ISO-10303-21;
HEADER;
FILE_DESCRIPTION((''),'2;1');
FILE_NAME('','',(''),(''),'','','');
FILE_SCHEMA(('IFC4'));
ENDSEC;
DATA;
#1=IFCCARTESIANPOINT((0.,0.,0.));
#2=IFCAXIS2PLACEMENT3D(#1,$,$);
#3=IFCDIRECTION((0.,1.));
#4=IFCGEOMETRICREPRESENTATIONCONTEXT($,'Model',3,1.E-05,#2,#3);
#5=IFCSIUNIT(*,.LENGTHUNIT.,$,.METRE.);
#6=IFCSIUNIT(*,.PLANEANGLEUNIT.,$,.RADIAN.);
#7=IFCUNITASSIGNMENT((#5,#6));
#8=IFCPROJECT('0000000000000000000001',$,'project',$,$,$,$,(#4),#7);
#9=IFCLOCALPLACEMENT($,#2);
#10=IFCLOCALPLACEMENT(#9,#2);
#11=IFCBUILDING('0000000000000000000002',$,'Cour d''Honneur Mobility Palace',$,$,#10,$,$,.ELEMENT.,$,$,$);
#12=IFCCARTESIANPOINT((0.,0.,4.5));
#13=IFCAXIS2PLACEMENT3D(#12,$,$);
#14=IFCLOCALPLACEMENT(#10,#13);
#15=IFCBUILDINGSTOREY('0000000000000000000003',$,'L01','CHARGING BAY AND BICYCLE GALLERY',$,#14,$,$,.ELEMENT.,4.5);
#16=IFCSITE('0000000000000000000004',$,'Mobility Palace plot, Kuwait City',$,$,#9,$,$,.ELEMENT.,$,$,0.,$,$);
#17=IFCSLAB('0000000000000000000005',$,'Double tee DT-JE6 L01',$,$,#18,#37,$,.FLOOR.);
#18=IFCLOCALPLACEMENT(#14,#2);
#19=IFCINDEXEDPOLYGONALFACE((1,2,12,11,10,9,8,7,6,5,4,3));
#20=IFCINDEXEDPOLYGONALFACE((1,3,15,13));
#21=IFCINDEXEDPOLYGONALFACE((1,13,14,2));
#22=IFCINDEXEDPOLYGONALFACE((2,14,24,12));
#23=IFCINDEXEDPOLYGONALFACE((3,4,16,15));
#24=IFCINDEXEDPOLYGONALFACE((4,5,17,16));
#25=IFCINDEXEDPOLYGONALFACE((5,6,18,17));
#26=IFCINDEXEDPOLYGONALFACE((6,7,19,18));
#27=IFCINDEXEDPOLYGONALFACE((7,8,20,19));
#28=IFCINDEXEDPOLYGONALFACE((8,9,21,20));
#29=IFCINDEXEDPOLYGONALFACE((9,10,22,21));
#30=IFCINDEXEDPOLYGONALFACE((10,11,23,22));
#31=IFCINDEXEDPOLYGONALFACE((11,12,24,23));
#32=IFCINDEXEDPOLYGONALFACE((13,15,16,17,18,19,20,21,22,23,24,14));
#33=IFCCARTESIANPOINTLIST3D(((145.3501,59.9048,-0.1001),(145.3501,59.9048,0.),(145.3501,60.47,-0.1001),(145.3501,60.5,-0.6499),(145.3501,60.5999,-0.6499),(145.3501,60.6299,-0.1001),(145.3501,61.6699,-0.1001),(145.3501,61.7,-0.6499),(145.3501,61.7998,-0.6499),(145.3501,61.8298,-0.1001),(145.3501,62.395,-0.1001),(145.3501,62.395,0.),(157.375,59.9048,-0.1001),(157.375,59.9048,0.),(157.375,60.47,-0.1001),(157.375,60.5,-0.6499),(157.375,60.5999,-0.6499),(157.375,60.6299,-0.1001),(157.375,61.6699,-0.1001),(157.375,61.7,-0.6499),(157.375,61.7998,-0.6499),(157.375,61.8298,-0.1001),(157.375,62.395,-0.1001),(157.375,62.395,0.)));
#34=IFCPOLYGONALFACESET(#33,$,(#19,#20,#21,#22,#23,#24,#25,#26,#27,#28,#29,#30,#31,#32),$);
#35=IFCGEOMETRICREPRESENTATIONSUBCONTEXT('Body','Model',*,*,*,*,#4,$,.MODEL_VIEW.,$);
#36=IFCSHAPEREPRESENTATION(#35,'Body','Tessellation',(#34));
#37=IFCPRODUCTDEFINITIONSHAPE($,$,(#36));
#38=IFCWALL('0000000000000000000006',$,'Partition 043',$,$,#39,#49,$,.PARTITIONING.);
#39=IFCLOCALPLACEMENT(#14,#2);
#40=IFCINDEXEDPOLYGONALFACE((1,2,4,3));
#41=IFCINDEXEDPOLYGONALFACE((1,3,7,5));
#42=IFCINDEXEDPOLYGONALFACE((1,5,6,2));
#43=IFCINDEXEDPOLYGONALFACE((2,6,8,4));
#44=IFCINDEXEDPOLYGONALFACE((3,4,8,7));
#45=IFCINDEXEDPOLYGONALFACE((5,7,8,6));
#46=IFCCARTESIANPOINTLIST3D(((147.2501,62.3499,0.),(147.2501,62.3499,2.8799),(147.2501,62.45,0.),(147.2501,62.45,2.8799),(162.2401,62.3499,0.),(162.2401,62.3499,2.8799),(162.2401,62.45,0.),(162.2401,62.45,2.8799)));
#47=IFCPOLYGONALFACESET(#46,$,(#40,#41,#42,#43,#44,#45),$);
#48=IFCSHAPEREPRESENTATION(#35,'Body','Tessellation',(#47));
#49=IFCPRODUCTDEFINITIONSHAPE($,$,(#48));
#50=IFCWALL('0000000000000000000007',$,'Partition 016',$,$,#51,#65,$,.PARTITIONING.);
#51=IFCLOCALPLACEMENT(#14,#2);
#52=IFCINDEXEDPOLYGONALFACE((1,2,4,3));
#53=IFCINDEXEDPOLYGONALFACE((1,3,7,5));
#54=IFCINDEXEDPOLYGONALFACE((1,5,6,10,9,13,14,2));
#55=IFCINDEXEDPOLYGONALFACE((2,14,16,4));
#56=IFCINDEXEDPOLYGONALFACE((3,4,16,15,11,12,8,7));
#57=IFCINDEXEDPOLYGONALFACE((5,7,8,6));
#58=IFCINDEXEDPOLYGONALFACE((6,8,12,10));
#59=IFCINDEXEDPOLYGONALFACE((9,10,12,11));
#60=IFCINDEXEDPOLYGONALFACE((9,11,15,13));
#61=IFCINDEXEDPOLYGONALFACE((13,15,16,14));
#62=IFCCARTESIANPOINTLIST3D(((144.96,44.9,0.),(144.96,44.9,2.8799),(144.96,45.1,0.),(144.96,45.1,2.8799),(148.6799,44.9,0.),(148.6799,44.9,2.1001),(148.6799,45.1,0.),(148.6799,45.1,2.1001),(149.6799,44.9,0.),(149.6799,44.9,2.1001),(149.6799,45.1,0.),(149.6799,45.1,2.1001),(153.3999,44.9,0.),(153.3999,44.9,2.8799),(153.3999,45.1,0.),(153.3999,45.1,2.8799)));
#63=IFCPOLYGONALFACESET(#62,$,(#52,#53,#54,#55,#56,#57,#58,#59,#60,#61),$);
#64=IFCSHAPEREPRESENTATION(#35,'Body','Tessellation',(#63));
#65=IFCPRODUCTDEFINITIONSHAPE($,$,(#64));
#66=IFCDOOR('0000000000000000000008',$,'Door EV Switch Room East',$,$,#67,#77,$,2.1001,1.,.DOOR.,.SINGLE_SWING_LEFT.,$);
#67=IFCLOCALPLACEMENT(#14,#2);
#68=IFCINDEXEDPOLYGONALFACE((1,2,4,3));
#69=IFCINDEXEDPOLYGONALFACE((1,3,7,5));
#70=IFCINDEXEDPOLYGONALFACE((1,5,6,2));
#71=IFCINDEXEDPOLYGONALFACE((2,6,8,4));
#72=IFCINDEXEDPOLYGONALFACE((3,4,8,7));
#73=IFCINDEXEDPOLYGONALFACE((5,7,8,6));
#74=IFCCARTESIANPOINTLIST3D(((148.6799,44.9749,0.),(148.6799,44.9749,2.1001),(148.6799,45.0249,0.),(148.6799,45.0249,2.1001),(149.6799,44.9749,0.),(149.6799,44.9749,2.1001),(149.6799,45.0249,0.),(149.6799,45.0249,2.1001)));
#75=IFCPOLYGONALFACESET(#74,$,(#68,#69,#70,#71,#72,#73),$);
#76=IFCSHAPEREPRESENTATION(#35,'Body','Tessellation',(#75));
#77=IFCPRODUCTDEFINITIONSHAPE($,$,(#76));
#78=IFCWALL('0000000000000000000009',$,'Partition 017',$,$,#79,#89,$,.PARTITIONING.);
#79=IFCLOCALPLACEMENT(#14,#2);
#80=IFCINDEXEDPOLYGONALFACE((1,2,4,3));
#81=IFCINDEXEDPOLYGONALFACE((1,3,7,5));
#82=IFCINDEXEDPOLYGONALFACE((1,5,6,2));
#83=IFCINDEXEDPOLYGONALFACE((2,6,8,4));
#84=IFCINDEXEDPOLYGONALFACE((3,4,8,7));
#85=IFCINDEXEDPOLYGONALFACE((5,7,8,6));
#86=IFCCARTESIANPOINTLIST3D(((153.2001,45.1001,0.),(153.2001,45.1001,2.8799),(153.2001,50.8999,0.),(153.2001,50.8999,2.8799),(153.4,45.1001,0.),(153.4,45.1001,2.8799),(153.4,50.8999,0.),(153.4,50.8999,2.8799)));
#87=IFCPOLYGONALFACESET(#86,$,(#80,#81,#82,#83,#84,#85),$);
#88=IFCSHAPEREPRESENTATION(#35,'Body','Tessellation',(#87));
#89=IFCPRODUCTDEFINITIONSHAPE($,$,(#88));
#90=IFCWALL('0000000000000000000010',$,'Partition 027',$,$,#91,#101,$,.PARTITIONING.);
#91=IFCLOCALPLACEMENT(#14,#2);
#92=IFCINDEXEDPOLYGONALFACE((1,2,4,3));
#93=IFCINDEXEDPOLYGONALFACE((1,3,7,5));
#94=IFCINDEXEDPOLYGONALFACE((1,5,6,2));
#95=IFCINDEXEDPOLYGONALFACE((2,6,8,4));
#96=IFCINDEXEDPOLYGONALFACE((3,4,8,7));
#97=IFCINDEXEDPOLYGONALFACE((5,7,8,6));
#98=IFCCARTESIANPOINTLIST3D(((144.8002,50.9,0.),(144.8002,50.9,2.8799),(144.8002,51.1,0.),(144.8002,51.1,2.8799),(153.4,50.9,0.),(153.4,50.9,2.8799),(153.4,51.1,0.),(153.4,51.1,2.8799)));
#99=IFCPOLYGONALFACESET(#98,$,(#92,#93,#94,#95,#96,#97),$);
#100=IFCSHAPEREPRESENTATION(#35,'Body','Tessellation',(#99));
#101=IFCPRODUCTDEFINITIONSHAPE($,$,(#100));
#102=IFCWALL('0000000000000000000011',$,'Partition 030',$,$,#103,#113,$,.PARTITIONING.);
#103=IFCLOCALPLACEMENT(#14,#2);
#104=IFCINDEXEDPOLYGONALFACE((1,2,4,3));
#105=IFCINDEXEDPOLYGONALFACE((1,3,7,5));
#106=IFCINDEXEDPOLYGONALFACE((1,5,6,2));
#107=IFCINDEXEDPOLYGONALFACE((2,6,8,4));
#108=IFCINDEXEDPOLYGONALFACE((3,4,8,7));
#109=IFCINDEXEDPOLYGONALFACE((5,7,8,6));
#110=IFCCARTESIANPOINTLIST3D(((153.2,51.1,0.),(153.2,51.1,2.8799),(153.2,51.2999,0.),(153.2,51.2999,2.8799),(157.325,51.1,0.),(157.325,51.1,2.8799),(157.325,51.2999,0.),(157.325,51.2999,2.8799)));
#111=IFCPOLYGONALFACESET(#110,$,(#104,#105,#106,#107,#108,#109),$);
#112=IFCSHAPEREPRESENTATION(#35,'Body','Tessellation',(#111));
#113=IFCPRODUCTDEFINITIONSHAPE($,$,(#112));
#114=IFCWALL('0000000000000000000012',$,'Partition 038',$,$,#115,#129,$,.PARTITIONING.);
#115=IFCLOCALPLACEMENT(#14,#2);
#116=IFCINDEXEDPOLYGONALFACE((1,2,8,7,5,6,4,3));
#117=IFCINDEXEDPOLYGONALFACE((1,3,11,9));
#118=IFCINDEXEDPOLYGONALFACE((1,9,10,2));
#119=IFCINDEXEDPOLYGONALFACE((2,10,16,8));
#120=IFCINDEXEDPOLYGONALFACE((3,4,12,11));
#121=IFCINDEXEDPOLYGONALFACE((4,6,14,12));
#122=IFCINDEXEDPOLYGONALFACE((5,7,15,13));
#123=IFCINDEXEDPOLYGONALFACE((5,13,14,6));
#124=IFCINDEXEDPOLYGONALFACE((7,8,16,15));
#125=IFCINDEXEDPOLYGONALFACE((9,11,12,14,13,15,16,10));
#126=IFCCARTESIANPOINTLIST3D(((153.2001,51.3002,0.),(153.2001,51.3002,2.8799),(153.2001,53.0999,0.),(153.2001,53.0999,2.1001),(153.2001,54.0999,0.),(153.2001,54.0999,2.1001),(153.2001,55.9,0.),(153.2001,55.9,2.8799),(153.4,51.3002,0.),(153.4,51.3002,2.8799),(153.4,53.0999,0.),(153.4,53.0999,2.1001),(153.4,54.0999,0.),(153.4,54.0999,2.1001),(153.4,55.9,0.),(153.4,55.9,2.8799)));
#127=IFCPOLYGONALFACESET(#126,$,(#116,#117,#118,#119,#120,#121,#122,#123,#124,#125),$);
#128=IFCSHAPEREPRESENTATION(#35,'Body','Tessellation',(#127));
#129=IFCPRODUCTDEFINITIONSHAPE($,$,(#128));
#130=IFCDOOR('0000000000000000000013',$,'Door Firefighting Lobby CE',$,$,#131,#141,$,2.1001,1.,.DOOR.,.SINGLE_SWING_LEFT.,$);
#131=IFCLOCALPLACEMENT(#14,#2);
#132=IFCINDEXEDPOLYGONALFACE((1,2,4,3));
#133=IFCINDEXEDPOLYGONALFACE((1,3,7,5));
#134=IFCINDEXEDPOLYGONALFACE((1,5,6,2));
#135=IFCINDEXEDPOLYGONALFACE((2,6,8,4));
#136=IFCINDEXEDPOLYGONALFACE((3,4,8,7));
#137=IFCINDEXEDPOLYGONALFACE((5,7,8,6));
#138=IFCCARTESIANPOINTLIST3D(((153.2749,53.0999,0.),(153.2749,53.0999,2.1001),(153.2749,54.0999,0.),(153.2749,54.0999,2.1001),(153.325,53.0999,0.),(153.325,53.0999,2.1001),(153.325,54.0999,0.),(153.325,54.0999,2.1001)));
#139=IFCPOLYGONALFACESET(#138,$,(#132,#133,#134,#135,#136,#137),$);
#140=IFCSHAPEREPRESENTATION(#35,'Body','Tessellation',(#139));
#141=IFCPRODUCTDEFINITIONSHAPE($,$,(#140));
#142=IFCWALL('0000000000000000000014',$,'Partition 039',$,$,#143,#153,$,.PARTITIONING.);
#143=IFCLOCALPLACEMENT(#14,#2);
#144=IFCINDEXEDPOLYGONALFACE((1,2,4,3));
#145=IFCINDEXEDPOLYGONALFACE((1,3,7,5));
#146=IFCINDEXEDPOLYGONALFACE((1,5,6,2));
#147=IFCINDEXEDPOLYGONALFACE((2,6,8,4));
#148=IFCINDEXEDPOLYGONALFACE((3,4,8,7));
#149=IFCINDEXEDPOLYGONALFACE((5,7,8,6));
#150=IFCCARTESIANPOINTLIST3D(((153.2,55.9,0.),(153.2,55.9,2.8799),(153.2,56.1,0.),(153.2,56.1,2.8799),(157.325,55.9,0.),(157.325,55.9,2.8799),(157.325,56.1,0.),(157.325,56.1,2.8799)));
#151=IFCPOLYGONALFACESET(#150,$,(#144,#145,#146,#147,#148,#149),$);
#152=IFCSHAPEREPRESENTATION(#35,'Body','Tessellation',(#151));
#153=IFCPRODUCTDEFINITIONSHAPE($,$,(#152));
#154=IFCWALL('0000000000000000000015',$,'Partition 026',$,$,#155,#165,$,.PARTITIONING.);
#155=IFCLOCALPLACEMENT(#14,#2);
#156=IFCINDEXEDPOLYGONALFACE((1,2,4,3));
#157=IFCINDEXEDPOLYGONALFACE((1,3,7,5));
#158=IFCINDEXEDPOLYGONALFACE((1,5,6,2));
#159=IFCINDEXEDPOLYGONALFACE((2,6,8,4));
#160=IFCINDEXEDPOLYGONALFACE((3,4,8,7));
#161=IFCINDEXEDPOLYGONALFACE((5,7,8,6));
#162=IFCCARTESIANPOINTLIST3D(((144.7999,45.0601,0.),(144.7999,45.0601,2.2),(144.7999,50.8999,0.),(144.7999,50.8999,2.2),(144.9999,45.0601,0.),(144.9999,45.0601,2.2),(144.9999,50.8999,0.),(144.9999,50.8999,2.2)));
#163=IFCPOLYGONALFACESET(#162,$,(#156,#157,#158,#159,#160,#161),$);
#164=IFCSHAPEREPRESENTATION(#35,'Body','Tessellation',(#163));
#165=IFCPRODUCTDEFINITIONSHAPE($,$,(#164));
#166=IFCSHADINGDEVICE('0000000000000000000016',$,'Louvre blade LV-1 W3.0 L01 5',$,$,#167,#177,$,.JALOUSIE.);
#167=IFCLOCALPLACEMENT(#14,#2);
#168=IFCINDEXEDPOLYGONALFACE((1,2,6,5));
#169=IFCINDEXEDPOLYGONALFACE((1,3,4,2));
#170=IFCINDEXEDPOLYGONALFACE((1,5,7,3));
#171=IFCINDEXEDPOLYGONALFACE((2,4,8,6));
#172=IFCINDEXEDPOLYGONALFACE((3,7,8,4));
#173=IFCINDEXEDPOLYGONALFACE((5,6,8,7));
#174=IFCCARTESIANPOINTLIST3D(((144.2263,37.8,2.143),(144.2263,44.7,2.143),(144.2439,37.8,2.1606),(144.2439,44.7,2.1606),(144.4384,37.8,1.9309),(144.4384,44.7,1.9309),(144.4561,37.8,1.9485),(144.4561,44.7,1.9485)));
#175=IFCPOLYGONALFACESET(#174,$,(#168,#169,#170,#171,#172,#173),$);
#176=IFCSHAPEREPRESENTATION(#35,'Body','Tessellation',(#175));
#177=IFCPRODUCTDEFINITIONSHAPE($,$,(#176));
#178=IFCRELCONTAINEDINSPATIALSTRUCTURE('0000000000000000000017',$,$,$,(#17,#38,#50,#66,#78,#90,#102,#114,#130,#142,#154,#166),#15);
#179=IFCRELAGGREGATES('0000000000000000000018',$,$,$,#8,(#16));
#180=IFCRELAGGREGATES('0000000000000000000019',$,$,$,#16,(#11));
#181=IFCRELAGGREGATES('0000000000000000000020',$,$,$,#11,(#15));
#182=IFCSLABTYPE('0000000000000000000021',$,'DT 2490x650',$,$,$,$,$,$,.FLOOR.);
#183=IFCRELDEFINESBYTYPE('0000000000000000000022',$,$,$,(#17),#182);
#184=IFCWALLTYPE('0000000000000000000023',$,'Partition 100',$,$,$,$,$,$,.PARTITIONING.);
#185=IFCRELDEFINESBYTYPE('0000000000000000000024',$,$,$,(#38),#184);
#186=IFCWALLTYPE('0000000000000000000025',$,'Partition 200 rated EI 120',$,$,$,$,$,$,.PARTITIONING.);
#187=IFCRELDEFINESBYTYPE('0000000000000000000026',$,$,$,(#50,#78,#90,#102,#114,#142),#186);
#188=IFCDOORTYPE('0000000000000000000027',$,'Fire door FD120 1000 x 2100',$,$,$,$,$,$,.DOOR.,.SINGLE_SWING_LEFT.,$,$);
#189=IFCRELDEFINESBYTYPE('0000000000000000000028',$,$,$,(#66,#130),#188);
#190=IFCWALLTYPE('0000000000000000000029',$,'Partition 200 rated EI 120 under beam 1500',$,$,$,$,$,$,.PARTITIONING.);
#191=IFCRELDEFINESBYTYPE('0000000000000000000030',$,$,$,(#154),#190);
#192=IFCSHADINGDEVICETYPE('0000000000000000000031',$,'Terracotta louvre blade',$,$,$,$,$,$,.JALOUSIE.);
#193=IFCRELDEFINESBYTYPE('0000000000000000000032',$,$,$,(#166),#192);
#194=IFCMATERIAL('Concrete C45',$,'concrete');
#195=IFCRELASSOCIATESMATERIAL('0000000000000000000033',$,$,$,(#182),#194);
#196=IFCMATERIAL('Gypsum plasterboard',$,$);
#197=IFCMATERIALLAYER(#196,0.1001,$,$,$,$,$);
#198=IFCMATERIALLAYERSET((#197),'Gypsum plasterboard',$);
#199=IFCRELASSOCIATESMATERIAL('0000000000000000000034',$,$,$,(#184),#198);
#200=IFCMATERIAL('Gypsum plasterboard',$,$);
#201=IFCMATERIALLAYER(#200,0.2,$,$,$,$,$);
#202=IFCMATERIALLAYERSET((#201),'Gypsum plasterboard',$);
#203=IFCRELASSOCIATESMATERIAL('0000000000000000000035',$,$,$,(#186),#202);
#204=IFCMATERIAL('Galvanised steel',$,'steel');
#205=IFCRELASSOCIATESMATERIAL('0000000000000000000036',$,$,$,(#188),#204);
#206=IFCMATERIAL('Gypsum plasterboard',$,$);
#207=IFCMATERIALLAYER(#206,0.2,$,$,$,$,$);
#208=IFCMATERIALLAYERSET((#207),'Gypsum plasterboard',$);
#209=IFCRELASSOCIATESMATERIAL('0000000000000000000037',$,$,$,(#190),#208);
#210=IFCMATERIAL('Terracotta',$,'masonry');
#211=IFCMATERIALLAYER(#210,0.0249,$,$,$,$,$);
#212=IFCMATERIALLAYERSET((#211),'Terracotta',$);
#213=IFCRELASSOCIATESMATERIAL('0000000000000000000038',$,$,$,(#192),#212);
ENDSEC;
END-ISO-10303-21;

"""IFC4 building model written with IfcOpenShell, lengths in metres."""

from ifc_helpers import new_model, si_unit, direction, frame, frame_2d, origin, place, context, subcontext, project, spatial, polyline, rectangle, outline, extrude, material, layer, layer_set, material_profile, profile_set, type_object, element, fill, save


model = new_model("IFC4")

# Units and contexts
model_context = context("Model", 3, precision=1e-05, world=origin(), true_north=direction((0.0, 1.0)))
body_context = subcontext(model_context, "Body", "Model", "MODEL_VIEW")
ifc_project = project(units=[si_unit("LENGTHUNIT", "METRE"), si_unit("PLANEANGLEUNIT", "RADIAN")], contexts=[model_context])

# Site, building, storey
site_placement = place(None, origin())
site = spatial("IfcSite", under=ifc_project, at=site_placement, Name="Mobility Palace plot, Kuwait City", CompositionType="ELEMENT", RefElevation=0.0)
building_placement = place(site_placement, origin())
building = spatial("IfcBuilding", under=site, at=building_placement, Name="Cour d'Honneur Mobility Palace", CompositionType="ELEMENT")
storey_placement = place(building_placement, frame((0.0, 0.0, 4.5)))
storey = spatial("IfcBuildingStorey", under=building, at=storey_placement, Name="L01", Description="CHARGING BAY AND BICYCLE GALLERY", CompositionType="ELEMENT", Elevation=4.5)

# Slab
ifc_material_1 = material(Name="Concrete C45", Category="concrete")
ifc_material_profile_1 = material_profile(ifc_material_1, outline(polyline([(-1.2451, 0.0), (1.2451, 0.0), (1.2451, -0.1001), (0.6799, -0.1001), (0.6499, -0.6499), (0.55, -0.6499), (0.52, -0.1001), (-0.52, -0.1001), (-0.55, -0.6499), (-0.6499, -0.6499), (-0.6799, -0.1001), (-1.2451, -0.1001), (-1.2451, 0.0)])), Name="DT 2490x650")
ifc_profile_set_1 = profile_set([ifc_material_profile_1], Name="Concrete C45")
slab_type = type_object("IfcSlabType", Name="DT 2490x650", PredefinedType="FLOOR", material=ifc_profile_set_1)
slab_placement = place(storey_placement, frame((145.3501, 61.1499, 0.0), z_axis=(1.0, 0.0, 0.0), x_axis=(0.0, 1.0, 0.0)))
element("IfcSlab", 1, at=slab_placement, inside=storey, type_object=slab_type, Name="Double tee DT-JE6 L01", PredefinedType="FLOOR", context=body_context, shape_type="SweptSolid", body=[
    extrude(outline(polyline([(-1.2451, 0.0), (1.2451, 0.0), (1.2451, -0.1001), (0.6799, -0.1001), (0.6499, -0.6499), (0.55, -0.6499), (0.52, -0.1001), (-0.52, -0.1001), (-0.55, -0.6499), (-0.6499, -0.6499), (-0.6799, -0.1001), (-1.2451, -0.1001), (-1.2451, 0.0)])), origin(), (0.0, 0.0, 1.0), 12.0249),
])

# Wall
ifc_material_2 = material(Name="Gypsum plasterboard")
ifc_layer_1 = layer(ifc_material_2, 0.1001)
ifc_layer_set_1 = layer_set([ifc_layer_1], Name="Gypsum plasterboard")
wall_type_1 = type_object("IfcWallType", Name="Partition 100", PredefinedType="PARTITIONING", material=ifc_layer_set_1)
wall_1_placement = place(storey_placement, frame((147.25, 62.3999, 0.0), z_axis=(0.0, 0.0, 1.0), x_axis=(1.0, 0.0, 0.0)))
element("IfcWall", 2, at=wall_1_placement, inside=storey, type_object=wall_type_1, Name="Partition 043", PredefinedType="PARTITIONING", context=body_context, shape_type="SweptSolid", body=[
    extrude(rectangle(XDim=14.99, YDim=0.1001, at=frame_2d((7.4951, 0.0))), origin(), (0.0, 0.0, 1.0), 2.8799),
])

# Wall, opening, door
ifc_material_3 = material(Name="Gypsum plasterboard")
ifc_layer_2 = layer(ifc_material_3, 0.2)
ifc_layer_set_2 = layer_set([ifc_layer_2], Name="Gypsum plasterboard")
wall_type_2 = type_object("IfcWallType", Name="Partition 200 rated EI 120", PredefinedType="PARTITIONING", material=ifc_layer_set_2)
wall_2_placement = place(storey_placement, frame((144.96, 45.0, 0.0), z_axis=(0.0, 0.0, 1.0), x_axis=(1.0, 0.0, 0.0)))
wall_2 = element("IfcWall", 3, at=wall_2_placement, inside=storey, type_object=wall_type_2, Name="Partition 016", PredefinedType="PARTITIONING", context=body_context, shape_type="SweptSolid", body=[
    extrude(rectangle(XDim=8.4399, YDim=0.2, at=frame_2d((4.22, 0.0))), origin(), (0.0, 0.0, 1.0), 2.8799),
])
opening_1_placement = place(wall_2_placement, frame((3.72, 0.0, 0.0)))
opening_1 = element("IfcOpeningElement", 4, at=opening_1_placement, cuts=wall_2, PredefinedType="OPENING", context=body_context, shape_type="SweptSolid", body=[
    extrude(rectangle(XDim=1.0, YDim=2.1001, at=frame_2d((0.5, 1.05))), frame((0.0, 0.1099, 0.0), z_axis=(0.0, -1.0, 0.0), x_axis=(1.0, 0.0, 0.0)), (0.0, 0.0, 1.0), 0.22),
])
ifc_material_4 = material(Name="Galvanised steel", Category="steel")
door_type = type_object("IfcDoorType", Name="Fire door FD120 1000 x 2100", OperationType="SINGLE_SWING_LEFT", PredefinedType="DOOR", material=ifc_material_4)
door_1_placement = place(opening_1_placement, origin())
door_1 = element("IfcDoor", 5, at=door_1_placement, inside=storey, type_object=door_type, Name="Door EV Switch Room East", OperationType="SINGLE_SWING_LEFT", OverallHeight=2.1001, OverallWidth=1.0, PredefinedType="DOOR", context=body_context, shape_type="SweptSolid", body=[
    extrude(rectangle(XDim=1.0, YDim=2.1001, at=frame_2d((0.5, 1.05))), frame((0.0, 0.0249, 0.0), z_axis=(0.0, -1.0, 0.0), x_axis=(1.0, 0.0, 0.0)), (0.0, 0.0, 1.0), 0.05),
])
fill(opening_1, door_1)

# Walls
wall_3_placement = place(storey_placement, frame((153.3, 45.1001, 0.0), z_axis=(0.0, 0.0, 1.0), x_axis=(0.0, 1.0, 0.0)))
element("IfcWall", 6, at=wall_3_placement, inside=storey, type_object=wall_type_2, Name="Partition 017", PredefinedType="PARTITIONING", context=body_context, shape_type="SweptSolid", body=[
    extrude(rectangle(XDim=5.7998, YDim=0.2, at=frame_2d((2.8999, 0.0))), origin(), (0.0, 0.0, 1.0), 2.8799),
])
wall_4_placement = place(storey_placement, frame((153.3999, 51.0, 0.0), z_axis=(0.0, 0.0, 1.0), x_axis=(-1.0, 0.0, 0.0)))
element("IfcWall", 7, at=wall_4_placement, inside=storey, type_object=wall_type_2, Name="Partition 027", PredefinedType="PARTITIONING", context=body_context, shape_type="SweptSolid", body=[
    extrude(rectangle(XDim=8.5999, YDim=0.2, at=frame_2d((4.2998, 0.0))), origin(), (0.0, 0.0, 1.0), 2.8799),
])
wall_5_placement = place(storey_placement, frame((153.2, 51.2, 0.0), z_axis=(0.0, 0.0, 1.0), x_axis=(1.0, 0.0, 0.0)))
element("IfcWall", 8, at=wall_5_placement, inside=storey, type_object=wall_type_2, Name="Partition 030", PredefinedType="PARTITIONING", context=body_context, shape_type="SweptSolid", body=[
    extrude(rectangle(XDim=4.125, YDim=0.2, at=frame_2d((2.0625, 0.0))), origin(), (0.0, 0.0, 1.0), 2.8799),
])

# Wall, opening, door
wall_6_placement = place(storey_placement, frame((153.3, 55.8999, 0.0), z_axis=(0.0, 0.0, 1.0), x_axis=(0.0, -1.0, 0.0)))
wall_6 = element("IfcWall", 9, at=wall_6_placement, inside=storey, type_object=wall_type_2, Name="Partition 038", PredefinedType="PARTITIONING", context=body_context, shape_type="SweptSolid", body=[
    extrude(rectangle(XDim=4.5999, YDim=0.2, at=frame_2d((2.2998, 0.0))), origin(), (0.0, 0.0, 1.0), 2.8799),
])
opening_2_placement = place(wall_6_placement, frame((1.8, 0.0, 0.0)))
opening_2 = element("IfcOpeningElement", 10, at=opening_2_placement, cuts=wall_6, PredefinedType="OPENING", context=body_context, shape_type="SweptSolid", body=[
    extrude(rectangle(XDim=1.0, YDim=2.1001, at=frame_2d((0.5, 1.05))), frame((0.0, 0.1099, 0.0), z_axis=(0.0, -1.0, 0.0), x_axis=(1.0, 0.0, 0.0)), (0.0, 0.0, 1.0), 0.22),
])
door_2_placement = place(opening_2_placement, origin())
door_2 = element("IfcDoor", 11, at=door_2_placement, inside=storey, type_object=door_type, Name="Door Firefighting Lobby CE", OperationType="SINGLE_SWING_LEFT", OverallHeight=2.1001, OverallWidth=1.0, PredefinedType="DOOR", context=body_context, shape_type="SweptSolid", body=[
    extrude(rectangle(XDim=1.0, YDim=2.1001, at=frame_2d((0.5, 1.05))), frame((0.0, 0.0249, 0.0), z_axis=(0.0, -1.0, 0.0), x_axis=(1.0, 0.0, 0.0)), (0.0, 0.0, 1.0), 0.05),
])
fill(opening_2, door_2)

# Walls
wall_7_placement = place(storey_placement, frame((157.325, 56.0, 0.0), z_axis=(0.0, 0.0, 1.0), x_axis=(-1.0, 0.0, 0.0)))
element("IfcWall", 12, at=wall_7_placement, inside=storey, type_object=wall_type_2, Name="Partition 039", PredefinedType="PARTITIONING", context=body_context, shape_type="SweptSolid", body=[
    extrude(rectangle(XDim=4.125, YDim=0.2, at=frame_2d((2.0625, 0.0))), origin(), (0.0, 0.0, 1.0), 2.8799),
])
ifc_material_5 = material(Name="Gypsum plasterboard")
ifc_layer_3 = layer(ifc_material_5, 0.2)
ifc_layer_set_3 = layer_set([ifc_layer_3], Name="Gypsum plasterboard")
wall_type_3 = type_object("IfcWallType", Name="Partition 200 rated EI 120 under beam 1500", PredefinedType="PARTITIONING", material=ifc_layer_set_3)
wall_8_placement = place(storey_placement, frame((144.8999, 50.8999, 0.0), z_axis=(0.0, 0.0, 1.0), x_axis=(0.0, -1.0, 0.0)))
element("IfcWall", 13, at=wall_8_placement, inside=storey, type_object=wall_type_3, Name="Partition 026", PredefinedType="PARTITIONING", context=body_context, shape_type="SweptSolid", body=[
    extrude(rectangle(XDim=5.8398, YDim=0.2, at=frame_2d((2.9199, 0.0))), origin(), (0.0, 0.0, 1.0), 2.2),
])

# Shading device
ifc_material_6 = material(Name="Terracotta", Category="masonry")
ifc_layer_4 = layer(ifc_material_6, 0.0249)
ifc_layer_set_4 = layer_set([ifc_layer_4], Name="Terracotta")
shading_device_type = type_object("IfcShadingDeviceType", Name="Terracotta louvre blade", PredefinedType="JALOUSIE", material=ifc_layer_set_4)
shading_device_1_placement = place(storey_placement, frame((144.4561, 44.7, 1.9485), z_axis=(0.707107, 0.0, 0.707107), x_axis=(0.0, -1.0, 0.0)))
element("IfcShadingDevice", 14, at=shading_device_1_placement, inside=storey, type_object=shading_device_type, Name="Louvre blade LV-1 W3.0 L01 5", PredefinedType="JALOUSIE", context=body_context, shape_type="SweptSolid", body=[
    extrude(outline(polyline([(0.0, 0.0), (6.8999, 0.0), (6.8999, -0.3), (0.0, -0.3), (0.0, 0.0)])), origin(), (0.0, 0.0, -1.0), 0.0249),
])

save(model, "model.ifc")
